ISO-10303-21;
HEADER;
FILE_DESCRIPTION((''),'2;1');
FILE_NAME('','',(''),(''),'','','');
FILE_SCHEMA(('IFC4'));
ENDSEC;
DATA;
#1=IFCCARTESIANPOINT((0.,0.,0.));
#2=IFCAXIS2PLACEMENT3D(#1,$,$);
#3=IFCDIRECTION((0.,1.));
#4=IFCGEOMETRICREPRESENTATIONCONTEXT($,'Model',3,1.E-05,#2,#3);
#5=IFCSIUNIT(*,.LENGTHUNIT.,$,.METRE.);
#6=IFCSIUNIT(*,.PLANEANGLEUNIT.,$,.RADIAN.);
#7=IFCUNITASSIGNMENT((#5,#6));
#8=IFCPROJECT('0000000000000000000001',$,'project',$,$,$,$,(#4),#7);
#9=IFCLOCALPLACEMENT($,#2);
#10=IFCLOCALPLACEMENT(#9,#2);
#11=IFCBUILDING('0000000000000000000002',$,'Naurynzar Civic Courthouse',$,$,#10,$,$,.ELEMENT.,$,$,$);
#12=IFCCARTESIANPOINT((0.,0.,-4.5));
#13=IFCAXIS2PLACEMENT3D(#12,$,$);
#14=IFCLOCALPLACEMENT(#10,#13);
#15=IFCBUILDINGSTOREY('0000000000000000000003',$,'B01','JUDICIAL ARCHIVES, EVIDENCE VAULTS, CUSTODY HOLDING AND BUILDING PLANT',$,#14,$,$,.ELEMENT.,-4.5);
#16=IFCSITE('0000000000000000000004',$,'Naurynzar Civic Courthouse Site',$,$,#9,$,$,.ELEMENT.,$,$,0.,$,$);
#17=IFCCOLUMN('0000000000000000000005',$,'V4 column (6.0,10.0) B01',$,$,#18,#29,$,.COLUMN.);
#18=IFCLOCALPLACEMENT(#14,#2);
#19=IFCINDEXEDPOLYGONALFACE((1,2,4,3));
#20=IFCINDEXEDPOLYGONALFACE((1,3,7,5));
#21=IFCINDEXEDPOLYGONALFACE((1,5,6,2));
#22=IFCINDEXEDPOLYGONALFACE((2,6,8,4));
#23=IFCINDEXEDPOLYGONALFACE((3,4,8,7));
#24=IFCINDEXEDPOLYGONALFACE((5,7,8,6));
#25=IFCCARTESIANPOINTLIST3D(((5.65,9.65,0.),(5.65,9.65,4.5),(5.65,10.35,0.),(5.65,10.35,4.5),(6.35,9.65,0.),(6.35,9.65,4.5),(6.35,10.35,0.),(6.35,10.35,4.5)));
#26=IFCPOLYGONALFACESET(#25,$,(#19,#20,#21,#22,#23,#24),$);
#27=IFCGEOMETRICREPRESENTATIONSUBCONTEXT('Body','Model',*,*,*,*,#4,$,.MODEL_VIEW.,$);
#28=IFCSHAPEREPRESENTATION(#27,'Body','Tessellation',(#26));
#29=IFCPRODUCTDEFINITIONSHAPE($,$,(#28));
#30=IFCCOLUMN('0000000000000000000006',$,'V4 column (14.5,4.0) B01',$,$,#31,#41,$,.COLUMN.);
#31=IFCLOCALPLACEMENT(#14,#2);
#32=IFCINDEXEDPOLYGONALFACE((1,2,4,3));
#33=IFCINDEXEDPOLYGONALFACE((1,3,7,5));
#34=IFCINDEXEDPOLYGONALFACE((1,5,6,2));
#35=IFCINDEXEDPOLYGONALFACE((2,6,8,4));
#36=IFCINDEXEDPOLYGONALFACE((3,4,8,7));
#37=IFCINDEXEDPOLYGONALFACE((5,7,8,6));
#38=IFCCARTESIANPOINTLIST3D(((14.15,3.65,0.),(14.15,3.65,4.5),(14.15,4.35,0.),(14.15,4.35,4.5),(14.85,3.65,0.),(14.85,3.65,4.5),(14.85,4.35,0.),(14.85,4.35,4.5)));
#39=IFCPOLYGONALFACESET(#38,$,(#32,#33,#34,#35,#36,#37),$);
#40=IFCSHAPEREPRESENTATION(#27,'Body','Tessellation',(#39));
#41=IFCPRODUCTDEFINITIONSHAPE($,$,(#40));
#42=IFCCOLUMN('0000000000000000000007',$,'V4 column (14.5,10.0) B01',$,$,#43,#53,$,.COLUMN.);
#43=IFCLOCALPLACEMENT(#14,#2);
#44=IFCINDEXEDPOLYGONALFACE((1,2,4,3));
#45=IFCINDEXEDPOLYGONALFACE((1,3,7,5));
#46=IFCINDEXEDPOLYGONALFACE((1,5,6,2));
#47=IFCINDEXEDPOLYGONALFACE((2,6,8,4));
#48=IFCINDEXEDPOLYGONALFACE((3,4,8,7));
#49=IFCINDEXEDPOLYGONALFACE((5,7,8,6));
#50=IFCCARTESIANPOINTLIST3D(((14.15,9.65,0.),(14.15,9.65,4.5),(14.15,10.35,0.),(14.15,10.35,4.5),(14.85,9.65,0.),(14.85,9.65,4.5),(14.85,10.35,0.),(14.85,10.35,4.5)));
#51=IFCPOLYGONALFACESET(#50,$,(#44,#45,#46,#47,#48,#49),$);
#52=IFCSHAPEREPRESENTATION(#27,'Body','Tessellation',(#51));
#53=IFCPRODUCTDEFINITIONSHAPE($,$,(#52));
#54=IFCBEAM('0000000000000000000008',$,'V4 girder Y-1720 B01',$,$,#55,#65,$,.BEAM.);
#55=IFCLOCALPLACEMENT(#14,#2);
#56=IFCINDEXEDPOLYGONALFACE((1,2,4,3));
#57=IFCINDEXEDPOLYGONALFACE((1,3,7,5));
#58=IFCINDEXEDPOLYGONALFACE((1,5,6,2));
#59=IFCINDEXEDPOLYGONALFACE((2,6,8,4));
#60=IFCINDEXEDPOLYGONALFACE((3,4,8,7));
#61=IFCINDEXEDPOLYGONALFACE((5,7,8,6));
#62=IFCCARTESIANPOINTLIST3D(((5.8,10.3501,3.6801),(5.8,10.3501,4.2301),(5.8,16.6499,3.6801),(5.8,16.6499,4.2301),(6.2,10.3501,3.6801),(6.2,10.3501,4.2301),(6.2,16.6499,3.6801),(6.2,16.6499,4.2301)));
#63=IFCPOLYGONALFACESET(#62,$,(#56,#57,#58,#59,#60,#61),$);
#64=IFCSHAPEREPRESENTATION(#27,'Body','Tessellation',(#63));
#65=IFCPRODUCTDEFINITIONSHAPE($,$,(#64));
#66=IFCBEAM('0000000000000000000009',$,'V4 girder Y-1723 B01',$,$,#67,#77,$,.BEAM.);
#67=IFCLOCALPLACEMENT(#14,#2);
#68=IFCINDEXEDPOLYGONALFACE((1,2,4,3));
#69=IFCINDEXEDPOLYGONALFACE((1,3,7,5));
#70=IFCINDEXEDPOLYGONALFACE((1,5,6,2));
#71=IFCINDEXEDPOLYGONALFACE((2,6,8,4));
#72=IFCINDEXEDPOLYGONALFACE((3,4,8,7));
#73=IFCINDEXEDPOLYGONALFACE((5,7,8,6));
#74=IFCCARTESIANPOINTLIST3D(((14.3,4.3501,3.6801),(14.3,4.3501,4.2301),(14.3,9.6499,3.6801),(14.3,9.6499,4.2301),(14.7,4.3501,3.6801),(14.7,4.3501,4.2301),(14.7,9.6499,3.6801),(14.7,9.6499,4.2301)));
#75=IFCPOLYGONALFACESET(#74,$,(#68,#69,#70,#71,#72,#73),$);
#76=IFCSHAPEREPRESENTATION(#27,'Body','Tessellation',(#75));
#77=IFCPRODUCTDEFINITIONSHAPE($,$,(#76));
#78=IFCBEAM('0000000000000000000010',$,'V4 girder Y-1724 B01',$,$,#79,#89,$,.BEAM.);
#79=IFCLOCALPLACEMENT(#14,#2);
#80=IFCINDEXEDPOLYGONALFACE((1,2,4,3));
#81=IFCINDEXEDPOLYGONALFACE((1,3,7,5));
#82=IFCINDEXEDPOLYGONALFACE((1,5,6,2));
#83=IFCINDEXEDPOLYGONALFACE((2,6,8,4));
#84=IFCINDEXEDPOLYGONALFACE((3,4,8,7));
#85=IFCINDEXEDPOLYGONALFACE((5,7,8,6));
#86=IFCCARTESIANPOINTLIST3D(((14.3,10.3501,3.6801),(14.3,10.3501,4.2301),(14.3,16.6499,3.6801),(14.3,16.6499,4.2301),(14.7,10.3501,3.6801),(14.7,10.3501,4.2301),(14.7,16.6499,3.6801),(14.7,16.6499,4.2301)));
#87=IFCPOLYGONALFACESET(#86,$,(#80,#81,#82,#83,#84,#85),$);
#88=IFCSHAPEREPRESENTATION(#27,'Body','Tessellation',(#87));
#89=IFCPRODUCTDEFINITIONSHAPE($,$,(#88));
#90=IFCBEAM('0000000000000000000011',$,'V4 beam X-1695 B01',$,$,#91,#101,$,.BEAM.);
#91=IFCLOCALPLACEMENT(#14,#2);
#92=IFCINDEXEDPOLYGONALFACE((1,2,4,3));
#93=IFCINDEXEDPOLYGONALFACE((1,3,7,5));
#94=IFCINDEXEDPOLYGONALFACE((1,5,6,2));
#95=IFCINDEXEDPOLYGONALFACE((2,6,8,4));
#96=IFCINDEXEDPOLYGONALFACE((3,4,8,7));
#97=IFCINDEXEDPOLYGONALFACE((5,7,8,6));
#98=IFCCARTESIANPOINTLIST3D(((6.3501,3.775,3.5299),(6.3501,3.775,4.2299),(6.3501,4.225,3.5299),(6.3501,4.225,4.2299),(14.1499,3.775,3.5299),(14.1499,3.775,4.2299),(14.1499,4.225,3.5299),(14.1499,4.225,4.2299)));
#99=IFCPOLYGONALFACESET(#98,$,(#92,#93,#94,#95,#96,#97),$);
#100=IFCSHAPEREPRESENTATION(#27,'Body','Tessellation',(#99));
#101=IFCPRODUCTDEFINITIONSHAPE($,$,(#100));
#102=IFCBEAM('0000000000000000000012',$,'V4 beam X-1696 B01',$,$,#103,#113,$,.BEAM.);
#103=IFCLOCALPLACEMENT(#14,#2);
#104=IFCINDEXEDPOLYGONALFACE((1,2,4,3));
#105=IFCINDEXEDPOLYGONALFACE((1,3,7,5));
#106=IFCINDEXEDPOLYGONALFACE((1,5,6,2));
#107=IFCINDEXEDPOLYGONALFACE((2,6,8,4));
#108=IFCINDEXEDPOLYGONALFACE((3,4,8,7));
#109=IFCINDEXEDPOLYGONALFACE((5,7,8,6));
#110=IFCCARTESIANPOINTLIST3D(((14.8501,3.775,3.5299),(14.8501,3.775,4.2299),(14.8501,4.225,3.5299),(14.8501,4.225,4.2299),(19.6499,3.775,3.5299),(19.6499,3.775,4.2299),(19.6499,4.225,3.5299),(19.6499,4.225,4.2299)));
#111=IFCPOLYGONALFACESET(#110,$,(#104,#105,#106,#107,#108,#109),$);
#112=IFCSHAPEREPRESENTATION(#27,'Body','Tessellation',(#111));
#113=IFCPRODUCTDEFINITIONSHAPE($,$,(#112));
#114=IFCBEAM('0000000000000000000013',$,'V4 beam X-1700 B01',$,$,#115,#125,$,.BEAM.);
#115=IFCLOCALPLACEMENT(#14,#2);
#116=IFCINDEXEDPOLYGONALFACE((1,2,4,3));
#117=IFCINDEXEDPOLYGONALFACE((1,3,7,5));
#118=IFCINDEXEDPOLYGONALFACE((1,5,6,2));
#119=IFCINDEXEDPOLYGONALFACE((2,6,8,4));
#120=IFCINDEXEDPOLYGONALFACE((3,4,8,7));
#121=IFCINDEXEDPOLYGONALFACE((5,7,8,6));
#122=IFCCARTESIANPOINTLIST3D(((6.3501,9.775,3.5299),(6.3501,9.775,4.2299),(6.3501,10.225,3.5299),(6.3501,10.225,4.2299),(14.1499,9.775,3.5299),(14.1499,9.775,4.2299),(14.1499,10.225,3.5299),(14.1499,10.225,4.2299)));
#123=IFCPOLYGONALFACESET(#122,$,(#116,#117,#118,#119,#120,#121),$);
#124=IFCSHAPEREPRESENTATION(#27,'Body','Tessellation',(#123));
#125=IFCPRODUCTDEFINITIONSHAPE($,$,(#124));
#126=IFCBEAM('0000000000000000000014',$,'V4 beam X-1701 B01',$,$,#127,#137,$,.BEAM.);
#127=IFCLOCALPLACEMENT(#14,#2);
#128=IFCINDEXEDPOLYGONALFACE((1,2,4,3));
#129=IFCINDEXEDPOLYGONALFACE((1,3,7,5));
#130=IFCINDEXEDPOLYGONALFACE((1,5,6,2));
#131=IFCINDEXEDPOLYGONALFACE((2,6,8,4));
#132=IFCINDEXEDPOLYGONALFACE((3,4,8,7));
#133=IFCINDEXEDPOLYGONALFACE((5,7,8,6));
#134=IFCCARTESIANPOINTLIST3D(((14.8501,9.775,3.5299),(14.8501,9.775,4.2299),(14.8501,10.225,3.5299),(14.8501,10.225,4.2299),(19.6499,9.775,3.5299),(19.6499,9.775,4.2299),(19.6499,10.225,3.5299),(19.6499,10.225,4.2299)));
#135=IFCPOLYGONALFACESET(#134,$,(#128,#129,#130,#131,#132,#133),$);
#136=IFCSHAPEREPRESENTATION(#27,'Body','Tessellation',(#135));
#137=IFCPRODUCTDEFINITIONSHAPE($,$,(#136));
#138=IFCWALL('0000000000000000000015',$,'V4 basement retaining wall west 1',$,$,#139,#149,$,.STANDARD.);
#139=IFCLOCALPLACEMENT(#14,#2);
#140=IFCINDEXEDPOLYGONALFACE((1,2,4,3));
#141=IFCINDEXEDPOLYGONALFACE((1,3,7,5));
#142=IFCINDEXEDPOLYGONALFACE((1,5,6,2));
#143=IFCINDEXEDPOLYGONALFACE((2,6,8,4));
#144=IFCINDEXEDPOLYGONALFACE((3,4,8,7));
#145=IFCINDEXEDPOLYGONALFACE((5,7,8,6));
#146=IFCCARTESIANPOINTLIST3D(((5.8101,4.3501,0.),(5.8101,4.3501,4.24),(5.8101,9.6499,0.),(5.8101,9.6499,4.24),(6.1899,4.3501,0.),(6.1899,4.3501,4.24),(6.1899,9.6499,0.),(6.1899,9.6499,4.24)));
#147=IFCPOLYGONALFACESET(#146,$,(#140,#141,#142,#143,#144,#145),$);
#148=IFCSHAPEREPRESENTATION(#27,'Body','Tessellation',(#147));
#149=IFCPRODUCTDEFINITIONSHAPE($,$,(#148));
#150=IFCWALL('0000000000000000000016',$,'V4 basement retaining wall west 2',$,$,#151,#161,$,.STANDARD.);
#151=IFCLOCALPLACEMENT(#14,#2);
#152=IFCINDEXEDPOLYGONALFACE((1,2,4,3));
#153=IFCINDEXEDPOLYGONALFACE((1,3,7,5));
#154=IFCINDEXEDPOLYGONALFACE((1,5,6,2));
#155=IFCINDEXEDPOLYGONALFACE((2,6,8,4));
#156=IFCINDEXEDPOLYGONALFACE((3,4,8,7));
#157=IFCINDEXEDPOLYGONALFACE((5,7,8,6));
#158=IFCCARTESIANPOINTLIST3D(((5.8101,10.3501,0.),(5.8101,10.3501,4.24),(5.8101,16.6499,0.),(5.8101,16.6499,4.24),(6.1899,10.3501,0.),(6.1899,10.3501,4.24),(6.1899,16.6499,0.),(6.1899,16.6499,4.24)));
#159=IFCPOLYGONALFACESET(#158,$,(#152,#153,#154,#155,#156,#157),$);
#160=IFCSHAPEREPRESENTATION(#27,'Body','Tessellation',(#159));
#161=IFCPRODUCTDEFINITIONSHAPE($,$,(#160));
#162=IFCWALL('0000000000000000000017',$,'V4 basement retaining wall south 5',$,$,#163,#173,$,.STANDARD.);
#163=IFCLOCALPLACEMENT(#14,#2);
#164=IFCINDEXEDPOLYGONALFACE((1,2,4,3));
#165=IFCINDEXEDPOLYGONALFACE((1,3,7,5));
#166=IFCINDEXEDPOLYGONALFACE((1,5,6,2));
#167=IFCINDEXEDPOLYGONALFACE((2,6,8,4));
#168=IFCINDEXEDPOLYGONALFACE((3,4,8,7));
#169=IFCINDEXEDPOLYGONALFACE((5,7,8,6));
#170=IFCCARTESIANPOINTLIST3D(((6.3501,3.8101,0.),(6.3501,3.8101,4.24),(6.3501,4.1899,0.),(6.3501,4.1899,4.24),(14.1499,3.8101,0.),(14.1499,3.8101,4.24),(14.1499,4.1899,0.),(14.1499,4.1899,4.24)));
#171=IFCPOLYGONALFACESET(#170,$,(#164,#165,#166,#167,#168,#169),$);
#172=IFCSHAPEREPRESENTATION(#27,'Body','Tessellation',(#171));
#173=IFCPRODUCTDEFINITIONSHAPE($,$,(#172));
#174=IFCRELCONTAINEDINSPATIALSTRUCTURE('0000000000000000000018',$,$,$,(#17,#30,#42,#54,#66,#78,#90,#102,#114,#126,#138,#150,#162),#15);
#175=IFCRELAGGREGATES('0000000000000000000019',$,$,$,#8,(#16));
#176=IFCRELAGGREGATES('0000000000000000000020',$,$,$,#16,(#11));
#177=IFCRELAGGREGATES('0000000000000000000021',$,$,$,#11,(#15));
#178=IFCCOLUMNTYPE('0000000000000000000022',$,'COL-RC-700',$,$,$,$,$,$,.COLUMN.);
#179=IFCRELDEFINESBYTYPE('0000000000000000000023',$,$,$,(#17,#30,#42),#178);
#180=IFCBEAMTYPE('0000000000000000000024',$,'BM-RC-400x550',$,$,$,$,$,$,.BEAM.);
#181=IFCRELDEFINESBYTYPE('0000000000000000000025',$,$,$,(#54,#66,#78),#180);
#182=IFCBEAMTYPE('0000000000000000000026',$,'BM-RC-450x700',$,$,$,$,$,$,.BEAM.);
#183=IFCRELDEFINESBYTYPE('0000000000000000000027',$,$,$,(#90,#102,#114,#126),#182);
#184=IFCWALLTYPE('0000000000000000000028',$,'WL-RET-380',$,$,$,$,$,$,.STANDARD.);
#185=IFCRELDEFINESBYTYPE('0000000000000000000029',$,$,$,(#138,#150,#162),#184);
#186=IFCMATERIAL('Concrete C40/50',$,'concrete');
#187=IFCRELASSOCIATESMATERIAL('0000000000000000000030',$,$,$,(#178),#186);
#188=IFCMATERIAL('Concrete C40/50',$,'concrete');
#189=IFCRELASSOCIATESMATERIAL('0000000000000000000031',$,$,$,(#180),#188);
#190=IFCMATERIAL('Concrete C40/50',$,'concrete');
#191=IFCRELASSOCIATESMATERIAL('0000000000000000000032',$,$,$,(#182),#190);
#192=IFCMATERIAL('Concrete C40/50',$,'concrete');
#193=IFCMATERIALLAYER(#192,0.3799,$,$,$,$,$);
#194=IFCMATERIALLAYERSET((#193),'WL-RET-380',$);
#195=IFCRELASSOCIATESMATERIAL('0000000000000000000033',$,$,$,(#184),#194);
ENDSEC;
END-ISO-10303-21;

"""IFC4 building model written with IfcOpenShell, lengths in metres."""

from ifc_helpers import new_model, si_unit, direction, frame, frame_2d, origin, origin_2d, place, context, subcontext, project, spatial, rectangle, extrude, material, layer, layer_set, material_profile, profile_set, type_object, element, save


model = new_model("IFC4")

# Units and contexts
model_context = context("Model", 3, precision=1e-05, world=origin(), true_north=direction((0.0, 1.0)))
body_context = subcontext(model_context, "Body", "Model", "MODEL_VIEW")
ifc_project = project(units=[si_unit("LENGTHUNIT", "METRE"), si_unit("PLANEANGLEUNIT", "RADIAN")], contexts=[model_context])

# Site, building, storey
site_placement = place(None, origin())
site = spatial("IfcSite", under=ifc_project, at=site_placement, Name="Naurynzar Civic Courthouse Site", CompositionType="ELEMENT", RefElevation=0.0)
building_placement = place(site_placement, origin())
building = spatial("IfcBuilding", under=site, at=building_placement, Name="Naurynzar Civic Courthouse", CompositionType="ELEMENT")
storey_placement = place(building_placement, frame((0.0, 0.0, -4.5)))
storey = spatial("IfcBuildingStorey", under=building, at=storey_placement, Name="B01", Description="JUDICIAL ARCHIVES, EVIDENCE VAULTS, CUSTODY HOLDING AND BUILDING PLANT", CompositionType="ELEMENT", Elevation=-4.5)

# Columns
ifc_material_1 = material(Name="Concrete C40/50", Category="concrete")
ifc_material_profile_1 = material_profile(ifc_material_1, rectangle(XDim=0.7, YDim=0.7, at=origin_2d()), Name="RC 700x700")
ifc_profile_set_1 = profile_set([ifc_material_profile_1], Name="Concrete C40/50")
column_type = type_object("IfcColumnType", Name="COL-RC-700", PredefinedType="COLUMN", material=ifc_profile_set_1)
for number, where, z_axis, x_axis, name in (
    (1, (6.0, 10.0, 0.0), (0.0, 0.0, 1.0), (1.0, 0.0, 0.0), "V4 column (6.0,10.0) B01"),
    (2, (14.5, 4.0, 0.0), (0.0, 0.0, 1.0), (1.0, 0.0, 0.0), "V4 column (14.5,4.0) B01"),
    (3, (14.5, 10.0, 0.0), (0.0, 0.0, 1.0), (1.0, 0.0, 0.0), "V4 column (14.5,10.0) B01"),
):
    element("IfcColumn", number, at=place(storey_placement, frame(where, z_axis=z_axis, x_axis=x_axis)), inside=storey, type_object=column_type, Name=name, PredefinedType="COLUMN", context=body_context, shape_type="SweptSolid", body=[
        extrude(rectangle(XDim=0.7, YDim=0.7, at=origin_2d()), origin(), (0.0, 0.0, 1.0), 4.5),
    ])

# Beams
ifc_material_2 = material(Name="Concrete C40/50", Category="concrete")
ifc_material_profile_2 = material_profile(ifc_material_2, rectangle(XDim=0.3999, YDim=0.55, at=origin_2d()), Name="RCB 400x550")
ifc_profile_set_2 = profile_set([ifc_material_profile_2], Name="Concrete C40/50")
beam_type_1 = type_object("IfcBeamType", Name="BM-RC-400x550", PredefinedType="BEAM", material=ifc_profile_set_2)
beam_1_placement = place(storey_placement, frame((6.0, 10.3501, 3.9551), z_axis=(0.0, 1.0, 0.0), x_axis=(-1.0, 0.0, 0.0)))
element("IfcBeam", 4, at=beam_1_placement, inside=storey, type_object=beam_type_1, Name="V4 girder Y-1720 B01", PredefinedType="BEAM", context=body_context, shape_type="SweptSolid", body=[
    extrude(rectangle(XDim=0.3999, YDim=0.55, at=origin_2d()), origin(), (0.0, 0.0, 1.0), 6.2998),
])
beam_2_placement = place(storey_placement, frame((14.5, 4.3501, 3.9551), z_axis=(0.0, 1.0, 0.0), x_axis=(-1.0, 0.0, 0.0)))
element("IfcBeam", 5, at=beam_2_placement, inside=storey, type_object=beam_type_1, Name="V4 girder Y-1723 B01", PredefinedType="BEAM", context=body_context, shape_type="SweptSolid", body=[
    extrude(rectangle(XDim=0.3999, YDim=0.55, at=origin_2d()), origin(), (0.0, 0.0, 1.0), 5.2998),
])
beam_3_placement = place(storey_placement, frame((14.5, 10.3501, 3.9551), z_axis=(0.0, 1.0, 0.0), x_axis=(-1.0, 0.0, 0.0)))
element("IfcBeam", 6, at=beam_3_placement, inside=storey, type_object=beam_type_1, Name="V4 girder Y-1724 B01", PredefinedType="BEAM", context=body_context, shape_type="SweptSolid", body=[
    extrude(rectangle(XDim=0.3999, YDim=0.55, at=origin_2d()), origin(), (0.0, 0.0, 1.0), 6.2998),
])
ifc_material_3 = material(Name="Concrete C40/50", Category="concrete")
ifc_material_profile_3 = material_profile(ifc_material_3, rectangle(XDim=0.45, YDim=0.7, at=origin_2d()), Name="RCB 450x700")
ifc_profile_set_3 = profile_set([ifc_material_profile_3], Name="Concrete C40/50")
beam_type_2 = type_object("IfcBeamType", Name="BM-RC-450x700", PredefinedType="BEAM", material=ifc_profile_set_3)
beam_4_placement = place(storey_placement, frame((6.3501, 4.0, 3.8799), z_axis=(1.0, 0.0, 0.0), x_axis=(0.0, 1.0, 0.0)))
element("IfcBeam", 7, at=beam_4_placement, inside=storey, type_object=beam_type_2, Name="V4 beam X-1695 B01", PredefinedType="BEAM", context=body_context, shape_type="SweptSolid", body=[
    extrude(rectangle(XDim=0.45, YDim=0.7, at=origin_2d()), origin(), (0.0, 0.0, 1.0), 7.7998),
])
beam_5_placement = place(storey_placement, frame((14.8501, 4.0, 3.8799), z_axis=(1.0, 0.0, 0.0), x_axis=(0.0, 1.0, 0.0)))
element("IfcBeam", 8, at=beam_5_placement, inside=storey, type_object=beam_type_2, Name="V4 beam X-1696 B01", PredefinedType="BEAM", context=body_context, shape_type="SweptSolid", body=[
    extrude(rectangle(XDim=0.45, YDim=0.7, at=origin_2d()), origin(), (0.0, 0.0, 1.0), 4.7998),
])
beam_6_placement = place(storey_placement, frame((6.3501, 10.0, 3.8799), z_axis=(1.0, 0.0, 0.0), x_axis=(0.0, 1.0, 0.0)))
element("IfcBeam", 9, at=beam_6_placement, inside=storey, type_object=beam_type_2, Name="V4 beam X-1700 B01", PredefinedType="BEAM", context=body_context, shape_type="SweptSolid", body=[
    extrude(rectangle(XDim=0.45, YDim=0.7, at=origin_2d()), origin(), (0.0, 0.0, 1.0), 7.7998),
])
beam_7_placement = place(storey_placement, frame((14.8501, 10.0, 3.8799), z_axis=(1.0, 0.0, 0.0), x_axis=(0.0, 1.0, 0.0)))
element("IfcBeam", 10, at=beam_7_placement, inside=storey, type_object=beam_type_2, Name="V4 beam X-1701 B01", PredefinedType="BEAM", context=body_context, shape_type="SweptSolid", body=[
    extrude(rectangle(XDim=0.45, YDim=0.7, at=origin_2d()), origin(), (0.0, 0.0, 1.0), 4.7998),
])

# Walls
ifc_material_4 = material(Name="Concrete C40/50", Category="concrete")
ifc_layer = layer(ifc_material_4, 0.3799)
ifc_layer_set = layer_set([ifc_layer], Name="WL-RET-380")
wall_type = type_object("IfcWallType", Name="WL-RET-380", PredefinedType="STANDARD", material=ifc_layer_set)
wall_1_placement = place(storey_placement, frame((6.0, 4.3501, 0.0), z_axis=(0.0, 0.0, 1.0), x_axis=(0.0, 1.0, 0.0)))
element("IfcWall", 11, at=wall_1_placement, inside=storey, type_object=wall_type, Name="V4 basement retaining wall west 1", PredefinedType="STANDARD", context=body_context, shape_type="SweptSolid", body=[
    extrude(rectangle(XDim=5.2998, YDim=0.3799, at=frame_2d((2.6499, 0.0))), origin(), (0.0, 0.0, 1.0), 4.24),
])
wall_2_placement = place(storey_placement, frame((6.0, 10.3501, 0.0), z_axis=(0.0, 0.0, 1.0), x_axis=(0.0, 1.0, 0.0)))
element("IfcWall", 12, at=wall_2_placement, inside=storey, type_object=wall_type, Name="V4 basement retaining wall west 2", PredefinedType="STANDARD", context=body_context, shape_type="SweptSolid", body=[
    extrude(rectangle(XDim=6.2998, YDim=0.3799, at=frame_2d((3.1499, 0.0))), origin(), (0.0, 0.0, 1.0), 4.24),
])
wall_3_placement = place(storey_placement, frame((14.1499, 4.0, 0.0), z_axis=(0.0, 0.0, 1.0), x_axis=(-1.0, 0.0, 0.0)))
element("IfcWall", 13, at=wall_3_placement, inside=storey, type_object=wall_type, Name="V4 basement retaining wall south 5", PredefinedType="STANDARD", context=body_context, shape_type="SweptSolid", body=[
    extrude(rectangle(XDim=7.7998, YDim=0.3799, at=frame_2d((3.8999, 0.0))), origin(), (0.0, 0.0, 1.0), 4.24),
])

save(model, "model.ifc")
